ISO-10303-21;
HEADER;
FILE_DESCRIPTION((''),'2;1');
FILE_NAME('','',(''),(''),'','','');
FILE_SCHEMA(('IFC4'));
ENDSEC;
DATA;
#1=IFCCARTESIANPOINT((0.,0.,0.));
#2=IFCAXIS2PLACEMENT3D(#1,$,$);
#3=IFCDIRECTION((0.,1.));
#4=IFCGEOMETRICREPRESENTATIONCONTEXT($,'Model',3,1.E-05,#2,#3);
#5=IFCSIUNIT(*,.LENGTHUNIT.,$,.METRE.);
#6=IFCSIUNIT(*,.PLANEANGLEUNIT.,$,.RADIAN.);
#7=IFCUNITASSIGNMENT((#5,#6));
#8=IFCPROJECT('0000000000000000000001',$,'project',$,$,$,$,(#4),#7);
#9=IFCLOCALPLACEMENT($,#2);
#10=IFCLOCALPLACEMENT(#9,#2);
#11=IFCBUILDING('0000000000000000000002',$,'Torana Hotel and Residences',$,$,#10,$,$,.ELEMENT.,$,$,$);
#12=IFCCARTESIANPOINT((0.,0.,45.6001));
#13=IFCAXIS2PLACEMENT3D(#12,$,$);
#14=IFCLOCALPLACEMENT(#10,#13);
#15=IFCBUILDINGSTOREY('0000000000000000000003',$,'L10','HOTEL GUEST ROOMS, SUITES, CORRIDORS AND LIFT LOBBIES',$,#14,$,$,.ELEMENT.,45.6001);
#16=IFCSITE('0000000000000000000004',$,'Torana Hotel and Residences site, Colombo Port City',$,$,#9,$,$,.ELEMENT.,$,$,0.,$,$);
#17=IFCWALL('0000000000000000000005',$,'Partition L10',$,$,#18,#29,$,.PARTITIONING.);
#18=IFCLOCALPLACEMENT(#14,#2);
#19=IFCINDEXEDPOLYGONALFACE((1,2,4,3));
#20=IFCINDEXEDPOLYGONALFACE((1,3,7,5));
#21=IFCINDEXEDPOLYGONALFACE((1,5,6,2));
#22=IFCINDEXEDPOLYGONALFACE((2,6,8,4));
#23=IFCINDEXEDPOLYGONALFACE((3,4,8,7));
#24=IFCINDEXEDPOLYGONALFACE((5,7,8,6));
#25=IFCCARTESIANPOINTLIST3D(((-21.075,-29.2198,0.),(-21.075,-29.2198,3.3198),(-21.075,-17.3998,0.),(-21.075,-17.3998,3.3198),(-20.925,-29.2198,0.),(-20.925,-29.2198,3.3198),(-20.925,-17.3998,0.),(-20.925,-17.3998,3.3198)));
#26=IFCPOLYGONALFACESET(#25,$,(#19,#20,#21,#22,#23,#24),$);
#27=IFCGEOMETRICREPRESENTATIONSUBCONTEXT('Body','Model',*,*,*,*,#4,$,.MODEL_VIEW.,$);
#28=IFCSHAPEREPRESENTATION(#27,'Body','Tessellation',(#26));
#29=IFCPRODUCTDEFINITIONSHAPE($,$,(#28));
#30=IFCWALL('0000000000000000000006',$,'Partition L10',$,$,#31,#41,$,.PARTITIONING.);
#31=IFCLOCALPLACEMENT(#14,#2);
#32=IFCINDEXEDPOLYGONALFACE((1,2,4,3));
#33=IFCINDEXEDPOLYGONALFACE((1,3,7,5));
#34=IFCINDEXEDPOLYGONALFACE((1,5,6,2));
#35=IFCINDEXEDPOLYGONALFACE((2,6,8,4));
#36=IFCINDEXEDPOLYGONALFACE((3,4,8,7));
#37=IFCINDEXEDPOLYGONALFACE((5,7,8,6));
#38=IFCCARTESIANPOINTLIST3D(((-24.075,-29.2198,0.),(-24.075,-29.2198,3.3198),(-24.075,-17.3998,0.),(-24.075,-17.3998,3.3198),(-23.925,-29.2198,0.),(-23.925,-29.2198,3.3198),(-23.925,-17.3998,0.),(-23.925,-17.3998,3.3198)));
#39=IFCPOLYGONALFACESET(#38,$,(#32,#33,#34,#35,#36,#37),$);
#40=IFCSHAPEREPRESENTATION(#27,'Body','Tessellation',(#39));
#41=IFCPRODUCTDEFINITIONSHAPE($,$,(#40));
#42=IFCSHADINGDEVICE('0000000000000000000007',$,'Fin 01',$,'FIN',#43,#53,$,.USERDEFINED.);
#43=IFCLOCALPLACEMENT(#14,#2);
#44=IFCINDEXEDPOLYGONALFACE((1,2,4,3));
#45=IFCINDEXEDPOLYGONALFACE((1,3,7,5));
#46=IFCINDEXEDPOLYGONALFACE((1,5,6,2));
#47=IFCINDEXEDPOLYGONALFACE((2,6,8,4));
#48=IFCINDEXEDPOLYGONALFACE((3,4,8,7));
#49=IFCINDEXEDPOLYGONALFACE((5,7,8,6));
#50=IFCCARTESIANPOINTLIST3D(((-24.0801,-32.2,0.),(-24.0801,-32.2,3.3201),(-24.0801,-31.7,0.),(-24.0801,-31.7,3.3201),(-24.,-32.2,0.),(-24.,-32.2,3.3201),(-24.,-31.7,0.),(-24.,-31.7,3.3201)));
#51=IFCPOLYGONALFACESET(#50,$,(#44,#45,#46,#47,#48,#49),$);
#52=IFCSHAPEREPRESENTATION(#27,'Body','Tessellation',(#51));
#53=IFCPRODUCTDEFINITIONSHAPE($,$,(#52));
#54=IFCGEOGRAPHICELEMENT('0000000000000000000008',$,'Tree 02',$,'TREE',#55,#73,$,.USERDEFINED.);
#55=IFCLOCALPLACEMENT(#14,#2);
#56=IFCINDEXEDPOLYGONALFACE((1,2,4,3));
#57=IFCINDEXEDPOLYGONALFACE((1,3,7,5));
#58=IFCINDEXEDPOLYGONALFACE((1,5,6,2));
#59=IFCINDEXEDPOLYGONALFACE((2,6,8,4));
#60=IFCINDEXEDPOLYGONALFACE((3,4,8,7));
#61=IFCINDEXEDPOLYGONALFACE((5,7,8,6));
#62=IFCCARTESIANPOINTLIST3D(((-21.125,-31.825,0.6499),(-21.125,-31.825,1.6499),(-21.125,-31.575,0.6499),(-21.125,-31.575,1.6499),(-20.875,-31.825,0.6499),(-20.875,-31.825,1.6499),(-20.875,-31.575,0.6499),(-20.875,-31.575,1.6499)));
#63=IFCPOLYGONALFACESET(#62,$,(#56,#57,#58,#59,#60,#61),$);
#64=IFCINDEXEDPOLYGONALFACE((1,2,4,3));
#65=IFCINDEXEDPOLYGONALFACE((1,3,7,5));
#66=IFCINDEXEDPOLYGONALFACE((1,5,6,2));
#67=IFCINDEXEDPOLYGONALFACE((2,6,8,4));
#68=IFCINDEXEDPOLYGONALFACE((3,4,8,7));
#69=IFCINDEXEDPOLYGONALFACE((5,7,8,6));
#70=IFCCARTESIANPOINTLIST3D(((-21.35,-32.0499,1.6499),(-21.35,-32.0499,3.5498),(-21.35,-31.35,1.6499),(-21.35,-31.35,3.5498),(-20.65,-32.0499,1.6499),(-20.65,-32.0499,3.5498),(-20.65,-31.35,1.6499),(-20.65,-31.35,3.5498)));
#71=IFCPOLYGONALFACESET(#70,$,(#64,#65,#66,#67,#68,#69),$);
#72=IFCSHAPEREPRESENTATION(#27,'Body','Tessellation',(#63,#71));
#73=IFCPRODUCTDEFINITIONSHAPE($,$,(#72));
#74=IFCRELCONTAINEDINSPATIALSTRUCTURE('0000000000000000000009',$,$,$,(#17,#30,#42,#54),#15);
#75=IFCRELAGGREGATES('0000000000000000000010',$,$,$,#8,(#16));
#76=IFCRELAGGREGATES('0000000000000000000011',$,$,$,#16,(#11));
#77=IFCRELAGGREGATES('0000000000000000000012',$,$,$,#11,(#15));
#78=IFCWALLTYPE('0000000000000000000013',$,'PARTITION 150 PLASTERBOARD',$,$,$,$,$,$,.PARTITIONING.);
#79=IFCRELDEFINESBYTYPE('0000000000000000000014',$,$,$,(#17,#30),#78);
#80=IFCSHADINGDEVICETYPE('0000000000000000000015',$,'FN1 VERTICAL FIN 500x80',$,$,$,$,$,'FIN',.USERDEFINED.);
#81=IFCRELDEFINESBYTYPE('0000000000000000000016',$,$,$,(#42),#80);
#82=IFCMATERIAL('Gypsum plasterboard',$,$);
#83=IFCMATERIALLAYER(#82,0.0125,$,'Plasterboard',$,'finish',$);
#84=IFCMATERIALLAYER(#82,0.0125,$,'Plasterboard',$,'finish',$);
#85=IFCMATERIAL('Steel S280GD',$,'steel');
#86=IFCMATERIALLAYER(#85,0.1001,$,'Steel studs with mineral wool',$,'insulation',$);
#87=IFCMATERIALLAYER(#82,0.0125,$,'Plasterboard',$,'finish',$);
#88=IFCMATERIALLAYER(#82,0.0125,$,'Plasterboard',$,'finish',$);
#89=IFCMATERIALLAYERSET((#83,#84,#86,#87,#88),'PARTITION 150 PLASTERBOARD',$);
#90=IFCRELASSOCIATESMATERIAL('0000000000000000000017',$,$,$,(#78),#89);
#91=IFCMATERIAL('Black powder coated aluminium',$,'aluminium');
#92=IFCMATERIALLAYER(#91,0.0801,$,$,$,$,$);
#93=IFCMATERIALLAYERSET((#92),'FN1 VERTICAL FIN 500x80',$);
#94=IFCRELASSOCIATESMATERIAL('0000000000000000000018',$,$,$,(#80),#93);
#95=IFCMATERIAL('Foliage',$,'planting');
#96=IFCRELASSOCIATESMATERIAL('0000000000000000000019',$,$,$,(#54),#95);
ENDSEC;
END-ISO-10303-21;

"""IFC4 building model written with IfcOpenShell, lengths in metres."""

from ifc_helpers import new_model, si_unit, direction, frame, frame_2d, origin, origin_2d, place, context, subcontext, project, spatial, rectangle, extrude, material, layer, layer_set, type_object, element, save


model = new_model("IFC4")

# Units and contexts
model_context = context("Model", 3, precision=1e-05, world=origin(), true_north=direction((0.0, 1.0)))
body_context = subcontext(model_context, "Body", "Model", "MODEL_VIEW")
ifc_project = project(units=[si_unit("LENGTHUNIT", "METRE"), si_unit("PLANEANGLEUNIT", "RADIAN")], contexts=[model_context])

# Site, building, storey
site_placement = place(None, origin())
site = spatial("IfcSite", under=ifc_project, at=site_placement, Name="Torana Hotel and Residences site, Colombo Port City", CompositionType="ELEMENT", RefElevation=0.0)
building_placement = place(site_placement, origin())
building = spatial("IfcBuilding", under=site, at=building_placement, Name="Torana Hotel and Residences", CompositionType="ELEMENT")
storey_placement = place(building_placement, frame((0.0, 0.0, 45.6001)))
storey = spatial("IfcBuildingStorey", under=building, at=storey_placement, Name="L10", Description="HOTEL GUEST ROOMS, SUITES, CORRIDORS AND LIFT LOBBIES", CompositionType="ELEMENT", Elevation=45.6001)

# Walls
ifc_material_1 = material(Name="Gypsum plasterboard")
ifc_layer_1 = layer(ifc_material_1, 0.0125, Name="Plasterboard", Category="finish")
ifc_layer_2 = layer(ifc_material_1, 0.0125, Name="Plasterboard", Category="finish")
ifc_material_2 = material(Name="Steel S280GD", Category="steel")
ifc_layer_3 = layer(ifc_material_2, 0.1001, Name="Steel studs with mineral wool", Category="insulation")
ifc_layer_4 = layer(ifc_material_1, 0.0125, Name="Plasterboard", Category="finish")
ifc_layer_5 = layer(ifc_material_1, 0.0125, Name="Plasterboard", Category="finish")
ifc_layer_set_1 = layer_set([ifc_layer_1, ifc_layer_2, ifc_layer_3, ifc_layer_4, ifc_layer_5], Name="PARTITION 150 PLASTERBOARD")
wall_type = type_object("IfcWallType", Name="PARTITION 150 PLASTERBOARD", PredefinedType="PARTITIONING", material=ifc_layer_set_1)
for number, where, z_axis, x_axis, name in (
    (1, (-21.0, -29.22, 0.0), (0.0, 0.0, 1.0), (0.0, 1.0, 0.0), "Partition L10"),
    (2, (-24.0, -29.22, 0.0), (0.0, 0.0, 1.0), (0.0, 1.0, 0.0), "Partition L10"),
):
    element("IfcWall", number, at=place(storey_placement, frame(where, z_axis=z_axis, x_axis=x_axis)), inside=storey, type_object=wall_type, Name=name, PredefinedType="PARTITIONING", context=body_context, shape_type="SweptSolid", body=[
        extrude(rectangle(XDim=11.8201, YDim=0.1499, at=frame_2d((5.9102, 0.0))), origin(), (0.0, 0.0, 1.0), 3.3198),
    ])

# Shading device
ifc_material_3 = material(Name="Black powder coated aluminium", Category="aluminium")
ifc_layer_6 = layer(ifc_material_3, 0.0801)
ifc_layer_set_2 = layer_set([ifc_layer_6], Name="FN1 VERTICAL FIN 500x80")
shading_device_type = type_object("IfcShadingDeviceType", Name="FN1 VERTICAL FIN 500x80", ElementType="FIN", PredefinedType="USERDEFINED", material=ifc_layer_set_2)
shading_device_placement = place(storey_placement, frame((-24.04, -31.95, 0.0), z_axis=(0.0, 0.0, 1.0), x_axis=(-1.0, 0.0, 0.0)))
element("IfcShadingDevice", 3, at=shading_device_placement, inside=storey, type_object=shading_device_type, Name="Fin 01", ObjectType="FIN", PredefinedType="USERDEFINED", context=body_context, shape_type="SweptSolid", body=[
    extrude(rectangle(XDim=0.0801, YDim=0.5, at=origin_2d()), origin(), (0.0, 0.0, 1.0), 3.3201),
])

# Geographic element
ifc_material_4 = material(Name="Foliage", Category="planting")
geographic_element_placement = place(storey_placement, frame((-21.0, -31.7, 0.6499), z_axis=(0.0, 0.0, 1.0), x_axis=(1.0, 0.0, 0.0)))
element("IfcGeographicElement", 4, at=geographic_element_placement, inside=storey, material=ifc_material_4, Name="Tree 02", ObjectType="TREE", PredefinedType="USERDEFINED", context=body_context, shape_type="SweptSolid", body=[
    extrude(rectangle(XDim=0.25, YDim=0.25, at=origin_2d()), origin(), (0.0, 0.0, 1.0), 1.0),
    extrude(rectangle(XDim=0.7, YDim=0.7, at=origin_2d()), frame((0.0, 0.0, 1.0)), (0.0, 0.0, 1.0), 1.8999),
])

save(model, "model.ifc")
